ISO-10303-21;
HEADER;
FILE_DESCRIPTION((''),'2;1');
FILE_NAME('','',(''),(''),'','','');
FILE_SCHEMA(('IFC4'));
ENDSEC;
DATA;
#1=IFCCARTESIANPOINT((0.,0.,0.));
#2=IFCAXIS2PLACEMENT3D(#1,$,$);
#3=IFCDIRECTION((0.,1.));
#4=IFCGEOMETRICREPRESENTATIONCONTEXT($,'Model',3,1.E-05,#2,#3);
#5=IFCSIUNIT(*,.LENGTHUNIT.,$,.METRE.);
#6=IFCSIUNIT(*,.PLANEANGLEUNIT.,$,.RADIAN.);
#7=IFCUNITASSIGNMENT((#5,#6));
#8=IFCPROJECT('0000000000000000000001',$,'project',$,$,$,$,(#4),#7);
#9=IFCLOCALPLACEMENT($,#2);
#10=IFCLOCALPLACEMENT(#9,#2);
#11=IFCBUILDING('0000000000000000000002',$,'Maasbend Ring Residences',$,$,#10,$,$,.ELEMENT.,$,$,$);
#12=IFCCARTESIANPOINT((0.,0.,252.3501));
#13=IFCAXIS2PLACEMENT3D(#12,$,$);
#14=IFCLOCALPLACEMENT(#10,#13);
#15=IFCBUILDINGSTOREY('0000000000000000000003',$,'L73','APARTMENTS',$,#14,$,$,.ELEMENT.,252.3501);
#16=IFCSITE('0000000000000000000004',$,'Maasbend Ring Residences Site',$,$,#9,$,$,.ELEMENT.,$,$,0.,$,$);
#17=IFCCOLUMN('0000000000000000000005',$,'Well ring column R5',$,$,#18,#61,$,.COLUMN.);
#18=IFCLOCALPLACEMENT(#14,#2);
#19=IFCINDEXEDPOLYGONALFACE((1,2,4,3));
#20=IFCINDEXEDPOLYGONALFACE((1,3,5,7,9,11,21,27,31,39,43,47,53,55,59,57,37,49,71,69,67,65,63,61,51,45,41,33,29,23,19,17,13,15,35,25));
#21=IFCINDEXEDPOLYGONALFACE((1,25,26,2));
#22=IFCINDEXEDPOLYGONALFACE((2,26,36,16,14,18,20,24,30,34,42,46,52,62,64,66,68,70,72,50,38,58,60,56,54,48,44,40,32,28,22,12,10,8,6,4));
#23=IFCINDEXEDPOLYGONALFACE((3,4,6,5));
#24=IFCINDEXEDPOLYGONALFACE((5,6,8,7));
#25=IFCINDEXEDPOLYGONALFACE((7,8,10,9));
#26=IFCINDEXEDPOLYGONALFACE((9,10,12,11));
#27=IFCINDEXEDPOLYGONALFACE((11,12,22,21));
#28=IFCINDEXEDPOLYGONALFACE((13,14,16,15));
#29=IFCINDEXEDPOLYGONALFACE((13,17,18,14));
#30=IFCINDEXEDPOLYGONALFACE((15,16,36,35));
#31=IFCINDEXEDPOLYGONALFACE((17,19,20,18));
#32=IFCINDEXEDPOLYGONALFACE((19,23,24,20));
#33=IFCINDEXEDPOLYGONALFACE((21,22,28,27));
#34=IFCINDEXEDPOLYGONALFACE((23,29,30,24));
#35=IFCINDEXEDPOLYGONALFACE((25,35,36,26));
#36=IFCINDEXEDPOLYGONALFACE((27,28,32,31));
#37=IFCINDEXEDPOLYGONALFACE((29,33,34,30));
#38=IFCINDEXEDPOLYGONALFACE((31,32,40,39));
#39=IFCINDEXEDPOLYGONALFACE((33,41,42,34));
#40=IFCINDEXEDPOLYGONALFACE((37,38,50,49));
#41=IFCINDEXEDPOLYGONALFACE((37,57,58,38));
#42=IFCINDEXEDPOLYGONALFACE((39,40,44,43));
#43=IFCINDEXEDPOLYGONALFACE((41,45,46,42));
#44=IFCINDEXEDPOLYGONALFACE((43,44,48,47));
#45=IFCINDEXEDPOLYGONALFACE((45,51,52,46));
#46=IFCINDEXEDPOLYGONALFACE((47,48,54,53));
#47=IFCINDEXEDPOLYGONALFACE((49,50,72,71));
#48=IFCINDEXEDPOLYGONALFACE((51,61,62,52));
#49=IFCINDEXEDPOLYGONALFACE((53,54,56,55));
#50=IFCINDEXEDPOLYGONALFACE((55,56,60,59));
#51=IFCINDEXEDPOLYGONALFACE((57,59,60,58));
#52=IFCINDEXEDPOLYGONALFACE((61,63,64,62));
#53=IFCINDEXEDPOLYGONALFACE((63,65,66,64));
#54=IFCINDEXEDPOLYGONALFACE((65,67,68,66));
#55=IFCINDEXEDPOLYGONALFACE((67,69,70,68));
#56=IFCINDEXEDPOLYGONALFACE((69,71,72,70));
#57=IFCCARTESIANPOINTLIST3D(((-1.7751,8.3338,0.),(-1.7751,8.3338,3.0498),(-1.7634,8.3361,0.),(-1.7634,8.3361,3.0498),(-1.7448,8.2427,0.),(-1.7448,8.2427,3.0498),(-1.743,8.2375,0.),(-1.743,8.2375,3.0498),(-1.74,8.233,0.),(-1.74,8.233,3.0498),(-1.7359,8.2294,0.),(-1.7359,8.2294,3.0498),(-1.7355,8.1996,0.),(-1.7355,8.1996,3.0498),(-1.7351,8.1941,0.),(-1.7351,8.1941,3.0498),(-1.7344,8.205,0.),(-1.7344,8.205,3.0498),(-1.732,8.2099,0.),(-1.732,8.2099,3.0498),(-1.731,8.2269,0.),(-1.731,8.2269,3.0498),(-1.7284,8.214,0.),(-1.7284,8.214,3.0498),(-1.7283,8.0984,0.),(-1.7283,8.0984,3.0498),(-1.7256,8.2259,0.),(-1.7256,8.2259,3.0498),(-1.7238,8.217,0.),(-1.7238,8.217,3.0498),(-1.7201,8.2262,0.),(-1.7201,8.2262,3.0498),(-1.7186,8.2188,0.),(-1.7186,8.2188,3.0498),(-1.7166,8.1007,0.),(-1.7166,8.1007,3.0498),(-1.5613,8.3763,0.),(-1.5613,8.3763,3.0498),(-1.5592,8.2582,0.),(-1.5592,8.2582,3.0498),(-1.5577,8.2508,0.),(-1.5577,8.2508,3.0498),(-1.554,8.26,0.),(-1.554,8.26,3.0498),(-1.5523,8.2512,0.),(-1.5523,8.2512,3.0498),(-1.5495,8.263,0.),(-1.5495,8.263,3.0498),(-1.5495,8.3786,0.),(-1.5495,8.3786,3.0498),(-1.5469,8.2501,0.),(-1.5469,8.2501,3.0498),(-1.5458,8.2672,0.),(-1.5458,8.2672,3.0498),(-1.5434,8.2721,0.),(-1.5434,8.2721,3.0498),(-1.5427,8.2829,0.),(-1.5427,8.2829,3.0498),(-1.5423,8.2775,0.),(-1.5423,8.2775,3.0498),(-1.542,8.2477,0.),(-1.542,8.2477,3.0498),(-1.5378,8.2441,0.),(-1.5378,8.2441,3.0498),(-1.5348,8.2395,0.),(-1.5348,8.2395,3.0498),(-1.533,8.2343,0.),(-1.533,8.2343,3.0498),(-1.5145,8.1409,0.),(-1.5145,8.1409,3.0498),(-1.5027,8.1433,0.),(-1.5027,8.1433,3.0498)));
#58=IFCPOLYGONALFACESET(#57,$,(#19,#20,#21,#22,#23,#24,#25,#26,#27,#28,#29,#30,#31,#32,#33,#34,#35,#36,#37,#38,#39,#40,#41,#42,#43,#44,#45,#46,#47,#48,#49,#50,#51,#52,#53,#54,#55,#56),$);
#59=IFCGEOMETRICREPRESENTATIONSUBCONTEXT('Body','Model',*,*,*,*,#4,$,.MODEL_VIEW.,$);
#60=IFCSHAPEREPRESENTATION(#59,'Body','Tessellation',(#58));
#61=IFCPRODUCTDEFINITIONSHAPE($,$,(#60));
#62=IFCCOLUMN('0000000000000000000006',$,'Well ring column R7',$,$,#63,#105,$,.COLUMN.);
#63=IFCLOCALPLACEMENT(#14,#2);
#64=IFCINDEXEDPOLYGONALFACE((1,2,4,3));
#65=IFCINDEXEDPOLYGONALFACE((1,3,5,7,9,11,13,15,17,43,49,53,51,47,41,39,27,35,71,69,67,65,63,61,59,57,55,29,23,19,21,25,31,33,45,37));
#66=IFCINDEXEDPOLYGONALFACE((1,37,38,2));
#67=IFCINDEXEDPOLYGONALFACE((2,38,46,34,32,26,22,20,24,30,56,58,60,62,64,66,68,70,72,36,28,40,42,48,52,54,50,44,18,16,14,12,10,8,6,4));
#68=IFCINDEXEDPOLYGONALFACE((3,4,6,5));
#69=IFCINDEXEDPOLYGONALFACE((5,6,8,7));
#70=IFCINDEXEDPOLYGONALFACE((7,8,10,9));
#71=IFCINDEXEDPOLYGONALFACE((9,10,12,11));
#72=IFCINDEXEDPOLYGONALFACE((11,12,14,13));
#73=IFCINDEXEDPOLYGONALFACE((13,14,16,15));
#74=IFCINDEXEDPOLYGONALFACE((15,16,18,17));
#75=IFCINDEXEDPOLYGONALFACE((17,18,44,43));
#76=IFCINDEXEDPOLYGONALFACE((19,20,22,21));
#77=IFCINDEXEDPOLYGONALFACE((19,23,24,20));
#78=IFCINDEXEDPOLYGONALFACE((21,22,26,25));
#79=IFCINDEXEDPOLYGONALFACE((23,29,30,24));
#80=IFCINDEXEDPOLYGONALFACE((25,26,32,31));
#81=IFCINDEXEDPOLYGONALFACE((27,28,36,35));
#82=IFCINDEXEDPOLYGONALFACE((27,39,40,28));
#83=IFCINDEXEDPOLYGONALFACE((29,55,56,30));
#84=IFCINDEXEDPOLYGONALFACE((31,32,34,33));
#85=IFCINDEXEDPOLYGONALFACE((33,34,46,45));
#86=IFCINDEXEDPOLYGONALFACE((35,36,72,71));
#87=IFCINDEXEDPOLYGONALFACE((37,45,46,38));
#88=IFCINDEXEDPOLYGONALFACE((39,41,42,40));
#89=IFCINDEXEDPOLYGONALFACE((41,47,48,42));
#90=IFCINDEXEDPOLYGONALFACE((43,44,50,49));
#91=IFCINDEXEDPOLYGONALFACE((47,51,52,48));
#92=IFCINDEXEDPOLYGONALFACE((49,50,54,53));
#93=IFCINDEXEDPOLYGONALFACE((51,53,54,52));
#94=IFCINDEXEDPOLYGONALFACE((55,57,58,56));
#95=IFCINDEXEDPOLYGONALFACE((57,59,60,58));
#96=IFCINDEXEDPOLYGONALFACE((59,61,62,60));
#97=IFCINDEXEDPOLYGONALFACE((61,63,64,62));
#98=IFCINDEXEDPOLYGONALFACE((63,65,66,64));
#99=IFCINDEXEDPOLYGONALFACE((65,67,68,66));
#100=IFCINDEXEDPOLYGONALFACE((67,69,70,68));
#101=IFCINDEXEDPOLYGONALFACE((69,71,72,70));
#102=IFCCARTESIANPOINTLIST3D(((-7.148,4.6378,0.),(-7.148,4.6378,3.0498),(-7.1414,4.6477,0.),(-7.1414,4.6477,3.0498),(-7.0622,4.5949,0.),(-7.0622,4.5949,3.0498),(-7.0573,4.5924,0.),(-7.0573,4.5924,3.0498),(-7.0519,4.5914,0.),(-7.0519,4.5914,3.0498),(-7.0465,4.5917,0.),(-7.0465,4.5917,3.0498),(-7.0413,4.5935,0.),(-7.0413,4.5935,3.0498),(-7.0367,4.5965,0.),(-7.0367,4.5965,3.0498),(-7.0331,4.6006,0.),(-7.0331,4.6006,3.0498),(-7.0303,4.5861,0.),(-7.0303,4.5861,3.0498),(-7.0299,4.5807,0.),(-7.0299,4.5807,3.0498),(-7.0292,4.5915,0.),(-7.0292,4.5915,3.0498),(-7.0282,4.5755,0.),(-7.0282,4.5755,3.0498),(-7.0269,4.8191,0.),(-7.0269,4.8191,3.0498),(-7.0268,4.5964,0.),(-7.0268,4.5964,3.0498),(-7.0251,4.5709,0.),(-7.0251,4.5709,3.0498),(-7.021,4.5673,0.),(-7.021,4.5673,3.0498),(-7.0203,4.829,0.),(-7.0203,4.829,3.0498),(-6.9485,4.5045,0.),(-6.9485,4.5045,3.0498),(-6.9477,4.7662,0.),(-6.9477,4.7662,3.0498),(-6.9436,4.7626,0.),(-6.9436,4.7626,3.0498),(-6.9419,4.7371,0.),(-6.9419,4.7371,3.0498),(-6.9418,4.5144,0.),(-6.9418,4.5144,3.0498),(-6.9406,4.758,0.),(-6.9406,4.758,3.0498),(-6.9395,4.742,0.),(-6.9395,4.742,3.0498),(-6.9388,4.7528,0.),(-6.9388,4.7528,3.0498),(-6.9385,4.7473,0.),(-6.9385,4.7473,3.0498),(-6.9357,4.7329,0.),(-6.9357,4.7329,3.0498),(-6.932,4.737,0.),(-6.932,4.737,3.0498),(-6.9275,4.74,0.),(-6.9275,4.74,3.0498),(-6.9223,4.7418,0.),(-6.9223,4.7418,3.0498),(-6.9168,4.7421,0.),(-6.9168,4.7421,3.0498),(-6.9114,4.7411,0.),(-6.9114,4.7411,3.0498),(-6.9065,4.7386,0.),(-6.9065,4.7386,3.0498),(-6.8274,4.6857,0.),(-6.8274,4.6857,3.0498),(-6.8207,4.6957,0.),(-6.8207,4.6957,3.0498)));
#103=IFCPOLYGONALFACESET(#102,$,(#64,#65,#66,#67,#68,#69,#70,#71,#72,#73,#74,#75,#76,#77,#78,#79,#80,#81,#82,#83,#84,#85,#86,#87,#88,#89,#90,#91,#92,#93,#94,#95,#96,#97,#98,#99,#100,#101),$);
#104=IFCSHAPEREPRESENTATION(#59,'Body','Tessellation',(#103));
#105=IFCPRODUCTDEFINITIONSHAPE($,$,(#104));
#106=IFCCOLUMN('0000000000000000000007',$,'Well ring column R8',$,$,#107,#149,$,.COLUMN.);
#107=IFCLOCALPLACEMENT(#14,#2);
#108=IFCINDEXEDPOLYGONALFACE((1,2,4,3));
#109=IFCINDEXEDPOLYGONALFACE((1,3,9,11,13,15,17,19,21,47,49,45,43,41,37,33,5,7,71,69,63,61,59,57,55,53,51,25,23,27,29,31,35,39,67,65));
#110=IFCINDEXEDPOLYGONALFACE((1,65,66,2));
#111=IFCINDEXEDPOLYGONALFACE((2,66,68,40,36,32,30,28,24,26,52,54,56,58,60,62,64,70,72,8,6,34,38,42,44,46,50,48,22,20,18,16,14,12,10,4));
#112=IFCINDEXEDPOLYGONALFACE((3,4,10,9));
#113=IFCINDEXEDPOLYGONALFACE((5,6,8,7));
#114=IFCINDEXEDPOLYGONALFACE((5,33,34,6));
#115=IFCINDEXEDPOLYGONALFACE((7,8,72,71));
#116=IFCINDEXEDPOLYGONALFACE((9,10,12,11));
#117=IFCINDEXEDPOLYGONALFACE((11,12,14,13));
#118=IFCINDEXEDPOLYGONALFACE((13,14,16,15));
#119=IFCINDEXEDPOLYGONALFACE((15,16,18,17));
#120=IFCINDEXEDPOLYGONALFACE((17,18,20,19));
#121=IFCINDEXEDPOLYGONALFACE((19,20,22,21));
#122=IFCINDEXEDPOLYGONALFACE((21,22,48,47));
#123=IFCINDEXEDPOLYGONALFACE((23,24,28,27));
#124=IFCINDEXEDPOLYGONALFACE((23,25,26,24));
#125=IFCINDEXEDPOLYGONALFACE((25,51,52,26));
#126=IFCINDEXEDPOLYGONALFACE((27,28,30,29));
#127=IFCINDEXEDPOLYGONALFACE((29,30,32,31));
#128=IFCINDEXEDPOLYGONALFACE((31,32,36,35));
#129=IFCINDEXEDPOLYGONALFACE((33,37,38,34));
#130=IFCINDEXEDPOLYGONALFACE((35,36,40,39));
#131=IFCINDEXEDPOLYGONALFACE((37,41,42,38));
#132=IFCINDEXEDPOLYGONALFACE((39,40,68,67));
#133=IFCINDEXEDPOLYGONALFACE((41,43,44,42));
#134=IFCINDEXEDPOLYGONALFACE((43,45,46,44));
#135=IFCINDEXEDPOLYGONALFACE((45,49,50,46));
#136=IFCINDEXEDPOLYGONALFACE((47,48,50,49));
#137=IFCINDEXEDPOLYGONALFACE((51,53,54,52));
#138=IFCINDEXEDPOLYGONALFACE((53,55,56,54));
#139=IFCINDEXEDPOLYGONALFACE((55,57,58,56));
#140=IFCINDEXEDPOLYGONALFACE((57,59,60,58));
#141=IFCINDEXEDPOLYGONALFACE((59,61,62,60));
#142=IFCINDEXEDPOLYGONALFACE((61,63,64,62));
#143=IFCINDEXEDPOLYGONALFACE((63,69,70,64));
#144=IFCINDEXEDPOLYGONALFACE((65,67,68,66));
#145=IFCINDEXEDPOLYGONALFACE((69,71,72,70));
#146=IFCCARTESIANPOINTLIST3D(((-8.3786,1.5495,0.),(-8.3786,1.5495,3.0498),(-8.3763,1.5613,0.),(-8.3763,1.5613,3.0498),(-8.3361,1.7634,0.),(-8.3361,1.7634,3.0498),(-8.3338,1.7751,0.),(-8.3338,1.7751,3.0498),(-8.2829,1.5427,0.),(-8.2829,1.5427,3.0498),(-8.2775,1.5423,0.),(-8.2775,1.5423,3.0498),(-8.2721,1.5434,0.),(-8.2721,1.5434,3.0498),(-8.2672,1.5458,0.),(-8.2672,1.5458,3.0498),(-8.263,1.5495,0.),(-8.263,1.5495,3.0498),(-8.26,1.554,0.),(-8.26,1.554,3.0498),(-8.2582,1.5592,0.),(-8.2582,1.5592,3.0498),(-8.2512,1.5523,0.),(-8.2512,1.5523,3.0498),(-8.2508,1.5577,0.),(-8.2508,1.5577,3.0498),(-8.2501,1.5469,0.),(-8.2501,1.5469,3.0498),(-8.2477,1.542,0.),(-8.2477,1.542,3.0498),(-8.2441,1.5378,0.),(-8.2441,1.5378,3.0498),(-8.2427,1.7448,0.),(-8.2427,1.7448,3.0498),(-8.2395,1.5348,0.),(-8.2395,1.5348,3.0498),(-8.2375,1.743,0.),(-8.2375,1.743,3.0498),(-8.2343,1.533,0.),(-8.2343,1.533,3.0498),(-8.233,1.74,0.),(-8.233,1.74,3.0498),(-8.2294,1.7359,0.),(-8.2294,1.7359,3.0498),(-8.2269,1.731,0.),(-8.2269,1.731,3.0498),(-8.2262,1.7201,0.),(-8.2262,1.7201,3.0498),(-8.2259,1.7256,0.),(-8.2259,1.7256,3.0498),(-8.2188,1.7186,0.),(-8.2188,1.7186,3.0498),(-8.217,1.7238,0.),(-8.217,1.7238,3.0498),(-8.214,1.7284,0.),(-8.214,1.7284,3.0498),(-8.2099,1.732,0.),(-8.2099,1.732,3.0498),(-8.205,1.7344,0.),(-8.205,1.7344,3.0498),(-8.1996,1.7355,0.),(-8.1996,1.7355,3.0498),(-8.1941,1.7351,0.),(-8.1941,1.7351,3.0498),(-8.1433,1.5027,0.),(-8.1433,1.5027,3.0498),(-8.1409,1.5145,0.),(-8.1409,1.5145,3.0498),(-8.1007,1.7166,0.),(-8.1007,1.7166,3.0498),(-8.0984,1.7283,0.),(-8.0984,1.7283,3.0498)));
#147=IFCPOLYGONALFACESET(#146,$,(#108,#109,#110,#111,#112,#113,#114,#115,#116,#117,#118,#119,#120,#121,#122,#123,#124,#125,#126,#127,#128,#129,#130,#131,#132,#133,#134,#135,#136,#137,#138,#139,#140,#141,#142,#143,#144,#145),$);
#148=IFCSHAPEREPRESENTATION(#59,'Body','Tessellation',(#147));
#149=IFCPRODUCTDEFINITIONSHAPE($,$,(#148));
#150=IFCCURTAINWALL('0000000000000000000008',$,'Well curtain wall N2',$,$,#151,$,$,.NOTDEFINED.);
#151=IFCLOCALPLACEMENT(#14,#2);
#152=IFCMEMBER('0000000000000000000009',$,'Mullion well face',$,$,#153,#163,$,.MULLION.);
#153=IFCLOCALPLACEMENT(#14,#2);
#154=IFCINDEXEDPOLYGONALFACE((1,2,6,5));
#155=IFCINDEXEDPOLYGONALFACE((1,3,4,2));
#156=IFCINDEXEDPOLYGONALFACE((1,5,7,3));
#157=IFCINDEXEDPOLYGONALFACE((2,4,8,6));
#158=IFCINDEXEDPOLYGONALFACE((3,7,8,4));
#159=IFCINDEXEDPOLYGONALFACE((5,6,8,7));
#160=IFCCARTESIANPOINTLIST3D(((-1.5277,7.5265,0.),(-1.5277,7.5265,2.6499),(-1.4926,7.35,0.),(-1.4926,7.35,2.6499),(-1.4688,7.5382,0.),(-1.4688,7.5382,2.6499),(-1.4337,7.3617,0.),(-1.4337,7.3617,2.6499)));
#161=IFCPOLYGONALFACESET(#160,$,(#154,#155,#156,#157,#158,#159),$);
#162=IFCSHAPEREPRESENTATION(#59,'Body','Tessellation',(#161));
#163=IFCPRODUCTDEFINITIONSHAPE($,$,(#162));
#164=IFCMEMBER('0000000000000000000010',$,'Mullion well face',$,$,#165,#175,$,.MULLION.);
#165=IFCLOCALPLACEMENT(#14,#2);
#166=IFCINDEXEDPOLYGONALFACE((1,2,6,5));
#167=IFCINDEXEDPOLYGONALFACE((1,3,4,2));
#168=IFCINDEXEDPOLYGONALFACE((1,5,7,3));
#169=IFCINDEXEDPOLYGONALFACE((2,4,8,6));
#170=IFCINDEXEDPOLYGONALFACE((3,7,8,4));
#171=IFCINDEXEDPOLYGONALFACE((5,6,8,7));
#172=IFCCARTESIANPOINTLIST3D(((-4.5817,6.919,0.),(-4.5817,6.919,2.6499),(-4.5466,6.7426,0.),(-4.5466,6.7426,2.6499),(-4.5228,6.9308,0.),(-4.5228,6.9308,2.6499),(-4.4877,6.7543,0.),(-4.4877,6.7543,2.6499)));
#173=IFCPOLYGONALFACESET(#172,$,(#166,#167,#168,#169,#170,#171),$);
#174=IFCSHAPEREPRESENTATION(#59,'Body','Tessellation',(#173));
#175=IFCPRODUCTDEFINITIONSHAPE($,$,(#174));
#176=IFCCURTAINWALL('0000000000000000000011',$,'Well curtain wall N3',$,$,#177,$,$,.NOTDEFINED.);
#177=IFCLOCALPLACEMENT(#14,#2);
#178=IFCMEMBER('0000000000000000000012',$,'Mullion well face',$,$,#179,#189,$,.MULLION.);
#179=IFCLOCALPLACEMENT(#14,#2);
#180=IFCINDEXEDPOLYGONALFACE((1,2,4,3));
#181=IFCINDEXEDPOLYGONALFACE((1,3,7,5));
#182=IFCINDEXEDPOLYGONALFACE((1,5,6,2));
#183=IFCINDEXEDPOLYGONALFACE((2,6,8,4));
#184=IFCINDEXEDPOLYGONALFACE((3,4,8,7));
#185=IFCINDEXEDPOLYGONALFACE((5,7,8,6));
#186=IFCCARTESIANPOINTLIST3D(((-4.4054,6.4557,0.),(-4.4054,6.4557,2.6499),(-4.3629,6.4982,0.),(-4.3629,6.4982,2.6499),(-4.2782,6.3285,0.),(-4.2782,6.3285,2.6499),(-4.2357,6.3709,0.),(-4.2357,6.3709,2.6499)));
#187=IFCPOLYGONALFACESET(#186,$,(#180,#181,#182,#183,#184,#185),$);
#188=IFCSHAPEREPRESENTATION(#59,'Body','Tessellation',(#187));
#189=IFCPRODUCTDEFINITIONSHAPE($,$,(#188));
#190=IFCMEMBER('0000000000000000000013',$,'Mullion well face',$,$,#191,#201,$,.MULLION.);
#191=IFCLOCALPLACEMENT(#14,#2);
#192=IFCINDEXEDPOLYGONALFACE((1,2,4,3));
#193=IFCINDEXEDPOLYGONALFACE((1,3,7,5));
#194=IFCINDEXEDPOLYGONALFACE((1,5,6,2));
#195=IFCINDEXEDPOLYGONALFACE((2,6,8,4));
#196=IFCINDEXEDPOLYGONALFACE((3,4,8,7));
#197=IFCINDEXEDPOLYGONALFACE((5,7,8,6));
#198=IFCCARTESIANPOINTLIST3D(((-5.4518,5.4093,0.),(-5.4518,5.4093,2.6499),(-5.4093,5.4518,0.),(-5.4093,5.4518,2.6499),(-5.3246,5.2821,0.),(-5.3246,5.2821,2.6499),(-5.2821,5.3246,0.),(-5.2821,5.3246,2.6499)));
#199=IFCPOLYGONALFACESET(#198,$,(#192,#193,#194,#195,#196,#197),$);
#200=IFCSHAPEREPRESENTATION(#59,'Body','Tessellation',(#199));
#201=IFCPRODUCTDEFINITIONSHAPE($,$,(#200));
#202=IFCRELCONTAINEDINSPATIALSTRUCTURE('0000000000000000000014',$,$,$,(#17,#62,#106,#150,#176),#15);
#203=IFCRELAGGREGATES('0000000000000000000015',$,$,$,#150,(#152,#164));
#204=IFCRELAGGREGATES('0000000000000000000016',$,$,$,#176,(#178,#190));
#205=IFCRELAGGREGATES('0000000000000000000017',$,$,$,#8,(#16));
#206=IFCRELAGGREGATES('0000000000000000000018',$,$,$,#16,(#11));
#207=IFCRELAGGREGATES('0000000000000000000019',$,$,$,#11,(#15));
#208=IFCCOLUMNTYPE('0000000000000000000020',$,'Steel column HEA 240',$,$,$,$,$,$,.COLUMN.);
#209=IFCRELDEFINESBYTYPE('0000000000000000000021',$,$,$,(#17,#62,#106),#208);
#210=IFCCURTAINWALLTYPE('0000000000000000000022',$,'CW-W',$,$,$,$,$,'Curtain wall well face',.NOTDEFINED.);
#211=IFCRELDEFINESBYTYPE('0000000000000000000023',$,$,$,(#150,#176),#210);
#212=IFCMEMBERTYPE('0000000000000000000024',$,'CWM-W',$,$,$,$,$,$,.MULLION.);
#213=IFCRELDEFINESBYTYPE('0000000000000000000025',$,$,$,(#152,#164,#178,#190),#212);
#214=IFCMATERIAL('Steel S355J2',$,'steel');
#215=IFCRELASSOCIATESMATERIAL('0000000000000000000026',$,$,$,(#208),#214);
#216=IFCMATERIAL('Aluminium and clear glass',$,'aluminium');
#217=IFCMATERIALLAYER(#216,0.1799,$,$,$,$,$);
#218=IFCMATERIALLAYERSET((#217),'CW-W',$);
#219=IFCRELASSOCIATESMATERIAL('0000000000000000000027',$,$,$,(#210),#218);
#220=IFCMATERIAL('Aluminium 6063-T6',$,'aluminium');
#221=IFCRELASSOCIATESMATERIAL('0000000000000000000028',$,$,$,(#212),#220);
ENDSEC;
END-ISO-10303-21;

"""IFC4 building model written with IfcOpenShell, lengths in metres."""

from ifc_helpers import new_model, si_unit, direction, frame, origin, origin_2d, place, context, subcontext, project, spatial, rectangle, i_section, extrude, material, layer, layer_set, material_profile, profile_set, type_object, element, aggregate, save


model = new_model("IFC4")

# Units and contexts
model_context = context("Model", 3, precision=1e-05, world=origin(), true_north=direction((0.0, 1.0)))
body_context = subcontext(model_context, "Body", "Model", "MODEL_VIEW")
ifc_project = project(units=[si_unit("LENGTHUNIT", "METRE"), si_unit("PLANEANGLEUNIT", "RADIAN")], contexts=[model_context])

# Site, building, storey
site_placement = place(None, origin())
site = spatial("IfcSite", under=ifc_project, at=site_placement, Name="Maasbend Ring Residences Site", CompositionType="ELEMENT", RefElevation=0.0)
building_placement = place(site_placement, origin())
building = spatial("IfcBuilding", under=site, at=building_placement, Name="Maasbend Ring Residences", CompositionType="ELEMENT")
storey_placement = place(building_placement, frame((0.0, 0.0, 252.3501)))
storey = spatial("IfcBuildingStorey", under=building, at=storey_placement, Name="L73", Description="APARTMENTS", CompositionType="ELEMENT", Elevation=252.3501)

# Columns
ifc_material_1 = material(Name="Steel S355J2", Category="steel")
ifc_material_profile_1 = material_profile(ifc_material_1, i_section(OverallWidth=0.24, OverallDepth=0.23, WebThickness=0.0076, FlangeThickness=0.012, FilletRadius=0.021, at=origin_2d()), Name="HEA 240")
ifc_profile_set_1 = profile_set([ifc_material_profile_1], Name="Steel S355J2")
column_type = type_object("IfcColumnType", Name="Steel column HEA 240", PredefinedType="COLUMN", material=ifc_profile_set_1)
for number, where, z_axis, x_axis, name in (
    (1, (-1.6389, 8.2385, 0.0), (0.0, 0.0, 1.0), (-0.19509, 0.980785, 0.0), "Well ring column R5"),
    (2, (-6.9844, 4.6667, 0.0), (0.0, 0.0, 1.0), (-0.83147, 0.55557, 0.0), "Well ring column R7"),
    (3, (-8.2385, 1.6389, 0.0), (0.0, 0.0, 1.0), (-0.980785, 0.19509, 0.0), "Well ring column R8"),
):
    element("IfcColumn", number, at=place(storey_placement, frame(where, z_axis=z_axis, x_axis=x_axis)), inside=storey, type_object=column_type, Name=name, PredefinedType="COLUMN", context=body_context, shape_type="SweptSolid", body=[
        extrude(i_section(OverallWidth=0.24, OverallDepth=0.23, WebThickness=0.0076, FlangeThickness=0.012, FilletRadius=0.021, at=origin_2d()), origin(), (0.0, 0.0, 1.0), 3.0498),
    ])

# Curtain walls, members
ifc_material_2 = material(Name="Aluminium and clear glass", Category="aluminium")
ifc_layer_1 = layer(ifc_material_2, 0.1799)
ifc_layer_set_1 = layer_set([ifc_layer_1], Name="CW-W")
curtain_wall_type = type_object("IfcCurtainWallType", Name="CW-W", ElementType="Curtain wall well face", PredefinedType="NOTDEFINED", material=ifc_layer_set_1)
curtain_wall_1_placement = place(storey_placement, origin())
curtain_wall_1 = element("IfcCurtainWall", 4, at=curtain_wall_1_placement, inside=storey, type_object=curtain_wall_type, Name="Well curtain wall N2", PredefinedType="NOTDEFINED")
ifc_material_3 = material(Name="Aluminium 6063-T6", Category="aluminium")
ifc_material_profile_2 = material_profile(ifc_material_3, rectangle(XDim=0.1799, YDim=0.0601, at=origin_2d()), Name="AL 180x60")
ifc_profile_set_2 = profile_set([ifc_material_profile_2], Name="Aluminium 6063-T6")
member_type_1 = type_object("IfcMemberType", Name="CWM-W", PredefinedType="MULLION", material=ifc_profile_set_2)
member_1_placement = place(storey_placement, frame((-1.4807, 7.4441, 0.0), z_axis=(0.0, 0.0, 1.0), x_axis=(0.19509, -0.980785, 0.0)))
member_1 = element("IfcMember", 5, at=member_1_placement, type_object=member_type_1, Name="Mullion well face", PredefinedType="MULLION", context=body_context, shape_type="SweptSolid", body=[
    extrude(rectangle(XDim=0.1799, YDim=0.0601, at=origin_2d()), origin(), (0.0, 0.0, 1.0), 2.6499),
])
member_2_placement = place(storey_placement, frame((-4.5347, 6.8367, 0.0), z_axis=(0.0, 0.0, 1.0), x_axis=(0.19509, -0.980785, 0.0)))
member_2 = element("IfcMember", 6, at=member_2_placement, type_object=member_type_1, Name="Mullion well face", PredefinedType="MULLION", context=body_context, shape_type="SweptSolid", body=[
    extrude(rectangle(XDim=0.1799, YDim=0.0601, at=origin_2d()), origin(), (0.0, 0.0, 1.0), 2.6499),
])
curtain_wall_2_placement = place(storey_placement, origin())
curtain_wall_2 = element("IfcCurtainWall", 7, at=curtain_wall_2_placement, inside=storey, type_object=curtain_wall_type, Name="Well curtain wall N3", PredefinedType="NOTDEFINED")
member_3_placement = place(storey_placement, frame((-4.3206, 6.4133, 0.0), z_axis=(0.0, 0.0, 1.0), x_axis=(0.707107, -0.707107, 0.0)))
member_3 = element("IfcMember", 8, at=member_3_placement, type_object=member_type_1, Name="Mullion well face", PredefinedType="MULLION", context=body_context, shape_type="SweptSolid", body=[
    extrude(rectangle(XDim=0.1799, YDim=0.0601, at=origin_2d()), origin(), (0.0, 0.0, 1.0), 2.6499),
])
member_4_placement = place(storey_placement, frame((-5.3669, 5.3669, 0.0), z_axis=(0.0, 0.0, 1.0), x_axis=(0.707107, -0.707107, 0.0)))
member_4 = element("IfcMember", 9, at=member_4_placement, type_object=member_type_1, Name="Mullion well face", PredefinedType="MULLION", context=body_context, shape_type="SweptSolid", body=[
    extrude(rectangle(XDim=0.1799, YDim=0.0601, at=origin_2d()), origin(), (0.0, 0.0, 1.0), 2.6499),
])

aggregate(curtain_wall_1, [member_1, member_2])
aggregate(curtain_wall_2, [member_3, member_4])

save(model, "model.ifc")
